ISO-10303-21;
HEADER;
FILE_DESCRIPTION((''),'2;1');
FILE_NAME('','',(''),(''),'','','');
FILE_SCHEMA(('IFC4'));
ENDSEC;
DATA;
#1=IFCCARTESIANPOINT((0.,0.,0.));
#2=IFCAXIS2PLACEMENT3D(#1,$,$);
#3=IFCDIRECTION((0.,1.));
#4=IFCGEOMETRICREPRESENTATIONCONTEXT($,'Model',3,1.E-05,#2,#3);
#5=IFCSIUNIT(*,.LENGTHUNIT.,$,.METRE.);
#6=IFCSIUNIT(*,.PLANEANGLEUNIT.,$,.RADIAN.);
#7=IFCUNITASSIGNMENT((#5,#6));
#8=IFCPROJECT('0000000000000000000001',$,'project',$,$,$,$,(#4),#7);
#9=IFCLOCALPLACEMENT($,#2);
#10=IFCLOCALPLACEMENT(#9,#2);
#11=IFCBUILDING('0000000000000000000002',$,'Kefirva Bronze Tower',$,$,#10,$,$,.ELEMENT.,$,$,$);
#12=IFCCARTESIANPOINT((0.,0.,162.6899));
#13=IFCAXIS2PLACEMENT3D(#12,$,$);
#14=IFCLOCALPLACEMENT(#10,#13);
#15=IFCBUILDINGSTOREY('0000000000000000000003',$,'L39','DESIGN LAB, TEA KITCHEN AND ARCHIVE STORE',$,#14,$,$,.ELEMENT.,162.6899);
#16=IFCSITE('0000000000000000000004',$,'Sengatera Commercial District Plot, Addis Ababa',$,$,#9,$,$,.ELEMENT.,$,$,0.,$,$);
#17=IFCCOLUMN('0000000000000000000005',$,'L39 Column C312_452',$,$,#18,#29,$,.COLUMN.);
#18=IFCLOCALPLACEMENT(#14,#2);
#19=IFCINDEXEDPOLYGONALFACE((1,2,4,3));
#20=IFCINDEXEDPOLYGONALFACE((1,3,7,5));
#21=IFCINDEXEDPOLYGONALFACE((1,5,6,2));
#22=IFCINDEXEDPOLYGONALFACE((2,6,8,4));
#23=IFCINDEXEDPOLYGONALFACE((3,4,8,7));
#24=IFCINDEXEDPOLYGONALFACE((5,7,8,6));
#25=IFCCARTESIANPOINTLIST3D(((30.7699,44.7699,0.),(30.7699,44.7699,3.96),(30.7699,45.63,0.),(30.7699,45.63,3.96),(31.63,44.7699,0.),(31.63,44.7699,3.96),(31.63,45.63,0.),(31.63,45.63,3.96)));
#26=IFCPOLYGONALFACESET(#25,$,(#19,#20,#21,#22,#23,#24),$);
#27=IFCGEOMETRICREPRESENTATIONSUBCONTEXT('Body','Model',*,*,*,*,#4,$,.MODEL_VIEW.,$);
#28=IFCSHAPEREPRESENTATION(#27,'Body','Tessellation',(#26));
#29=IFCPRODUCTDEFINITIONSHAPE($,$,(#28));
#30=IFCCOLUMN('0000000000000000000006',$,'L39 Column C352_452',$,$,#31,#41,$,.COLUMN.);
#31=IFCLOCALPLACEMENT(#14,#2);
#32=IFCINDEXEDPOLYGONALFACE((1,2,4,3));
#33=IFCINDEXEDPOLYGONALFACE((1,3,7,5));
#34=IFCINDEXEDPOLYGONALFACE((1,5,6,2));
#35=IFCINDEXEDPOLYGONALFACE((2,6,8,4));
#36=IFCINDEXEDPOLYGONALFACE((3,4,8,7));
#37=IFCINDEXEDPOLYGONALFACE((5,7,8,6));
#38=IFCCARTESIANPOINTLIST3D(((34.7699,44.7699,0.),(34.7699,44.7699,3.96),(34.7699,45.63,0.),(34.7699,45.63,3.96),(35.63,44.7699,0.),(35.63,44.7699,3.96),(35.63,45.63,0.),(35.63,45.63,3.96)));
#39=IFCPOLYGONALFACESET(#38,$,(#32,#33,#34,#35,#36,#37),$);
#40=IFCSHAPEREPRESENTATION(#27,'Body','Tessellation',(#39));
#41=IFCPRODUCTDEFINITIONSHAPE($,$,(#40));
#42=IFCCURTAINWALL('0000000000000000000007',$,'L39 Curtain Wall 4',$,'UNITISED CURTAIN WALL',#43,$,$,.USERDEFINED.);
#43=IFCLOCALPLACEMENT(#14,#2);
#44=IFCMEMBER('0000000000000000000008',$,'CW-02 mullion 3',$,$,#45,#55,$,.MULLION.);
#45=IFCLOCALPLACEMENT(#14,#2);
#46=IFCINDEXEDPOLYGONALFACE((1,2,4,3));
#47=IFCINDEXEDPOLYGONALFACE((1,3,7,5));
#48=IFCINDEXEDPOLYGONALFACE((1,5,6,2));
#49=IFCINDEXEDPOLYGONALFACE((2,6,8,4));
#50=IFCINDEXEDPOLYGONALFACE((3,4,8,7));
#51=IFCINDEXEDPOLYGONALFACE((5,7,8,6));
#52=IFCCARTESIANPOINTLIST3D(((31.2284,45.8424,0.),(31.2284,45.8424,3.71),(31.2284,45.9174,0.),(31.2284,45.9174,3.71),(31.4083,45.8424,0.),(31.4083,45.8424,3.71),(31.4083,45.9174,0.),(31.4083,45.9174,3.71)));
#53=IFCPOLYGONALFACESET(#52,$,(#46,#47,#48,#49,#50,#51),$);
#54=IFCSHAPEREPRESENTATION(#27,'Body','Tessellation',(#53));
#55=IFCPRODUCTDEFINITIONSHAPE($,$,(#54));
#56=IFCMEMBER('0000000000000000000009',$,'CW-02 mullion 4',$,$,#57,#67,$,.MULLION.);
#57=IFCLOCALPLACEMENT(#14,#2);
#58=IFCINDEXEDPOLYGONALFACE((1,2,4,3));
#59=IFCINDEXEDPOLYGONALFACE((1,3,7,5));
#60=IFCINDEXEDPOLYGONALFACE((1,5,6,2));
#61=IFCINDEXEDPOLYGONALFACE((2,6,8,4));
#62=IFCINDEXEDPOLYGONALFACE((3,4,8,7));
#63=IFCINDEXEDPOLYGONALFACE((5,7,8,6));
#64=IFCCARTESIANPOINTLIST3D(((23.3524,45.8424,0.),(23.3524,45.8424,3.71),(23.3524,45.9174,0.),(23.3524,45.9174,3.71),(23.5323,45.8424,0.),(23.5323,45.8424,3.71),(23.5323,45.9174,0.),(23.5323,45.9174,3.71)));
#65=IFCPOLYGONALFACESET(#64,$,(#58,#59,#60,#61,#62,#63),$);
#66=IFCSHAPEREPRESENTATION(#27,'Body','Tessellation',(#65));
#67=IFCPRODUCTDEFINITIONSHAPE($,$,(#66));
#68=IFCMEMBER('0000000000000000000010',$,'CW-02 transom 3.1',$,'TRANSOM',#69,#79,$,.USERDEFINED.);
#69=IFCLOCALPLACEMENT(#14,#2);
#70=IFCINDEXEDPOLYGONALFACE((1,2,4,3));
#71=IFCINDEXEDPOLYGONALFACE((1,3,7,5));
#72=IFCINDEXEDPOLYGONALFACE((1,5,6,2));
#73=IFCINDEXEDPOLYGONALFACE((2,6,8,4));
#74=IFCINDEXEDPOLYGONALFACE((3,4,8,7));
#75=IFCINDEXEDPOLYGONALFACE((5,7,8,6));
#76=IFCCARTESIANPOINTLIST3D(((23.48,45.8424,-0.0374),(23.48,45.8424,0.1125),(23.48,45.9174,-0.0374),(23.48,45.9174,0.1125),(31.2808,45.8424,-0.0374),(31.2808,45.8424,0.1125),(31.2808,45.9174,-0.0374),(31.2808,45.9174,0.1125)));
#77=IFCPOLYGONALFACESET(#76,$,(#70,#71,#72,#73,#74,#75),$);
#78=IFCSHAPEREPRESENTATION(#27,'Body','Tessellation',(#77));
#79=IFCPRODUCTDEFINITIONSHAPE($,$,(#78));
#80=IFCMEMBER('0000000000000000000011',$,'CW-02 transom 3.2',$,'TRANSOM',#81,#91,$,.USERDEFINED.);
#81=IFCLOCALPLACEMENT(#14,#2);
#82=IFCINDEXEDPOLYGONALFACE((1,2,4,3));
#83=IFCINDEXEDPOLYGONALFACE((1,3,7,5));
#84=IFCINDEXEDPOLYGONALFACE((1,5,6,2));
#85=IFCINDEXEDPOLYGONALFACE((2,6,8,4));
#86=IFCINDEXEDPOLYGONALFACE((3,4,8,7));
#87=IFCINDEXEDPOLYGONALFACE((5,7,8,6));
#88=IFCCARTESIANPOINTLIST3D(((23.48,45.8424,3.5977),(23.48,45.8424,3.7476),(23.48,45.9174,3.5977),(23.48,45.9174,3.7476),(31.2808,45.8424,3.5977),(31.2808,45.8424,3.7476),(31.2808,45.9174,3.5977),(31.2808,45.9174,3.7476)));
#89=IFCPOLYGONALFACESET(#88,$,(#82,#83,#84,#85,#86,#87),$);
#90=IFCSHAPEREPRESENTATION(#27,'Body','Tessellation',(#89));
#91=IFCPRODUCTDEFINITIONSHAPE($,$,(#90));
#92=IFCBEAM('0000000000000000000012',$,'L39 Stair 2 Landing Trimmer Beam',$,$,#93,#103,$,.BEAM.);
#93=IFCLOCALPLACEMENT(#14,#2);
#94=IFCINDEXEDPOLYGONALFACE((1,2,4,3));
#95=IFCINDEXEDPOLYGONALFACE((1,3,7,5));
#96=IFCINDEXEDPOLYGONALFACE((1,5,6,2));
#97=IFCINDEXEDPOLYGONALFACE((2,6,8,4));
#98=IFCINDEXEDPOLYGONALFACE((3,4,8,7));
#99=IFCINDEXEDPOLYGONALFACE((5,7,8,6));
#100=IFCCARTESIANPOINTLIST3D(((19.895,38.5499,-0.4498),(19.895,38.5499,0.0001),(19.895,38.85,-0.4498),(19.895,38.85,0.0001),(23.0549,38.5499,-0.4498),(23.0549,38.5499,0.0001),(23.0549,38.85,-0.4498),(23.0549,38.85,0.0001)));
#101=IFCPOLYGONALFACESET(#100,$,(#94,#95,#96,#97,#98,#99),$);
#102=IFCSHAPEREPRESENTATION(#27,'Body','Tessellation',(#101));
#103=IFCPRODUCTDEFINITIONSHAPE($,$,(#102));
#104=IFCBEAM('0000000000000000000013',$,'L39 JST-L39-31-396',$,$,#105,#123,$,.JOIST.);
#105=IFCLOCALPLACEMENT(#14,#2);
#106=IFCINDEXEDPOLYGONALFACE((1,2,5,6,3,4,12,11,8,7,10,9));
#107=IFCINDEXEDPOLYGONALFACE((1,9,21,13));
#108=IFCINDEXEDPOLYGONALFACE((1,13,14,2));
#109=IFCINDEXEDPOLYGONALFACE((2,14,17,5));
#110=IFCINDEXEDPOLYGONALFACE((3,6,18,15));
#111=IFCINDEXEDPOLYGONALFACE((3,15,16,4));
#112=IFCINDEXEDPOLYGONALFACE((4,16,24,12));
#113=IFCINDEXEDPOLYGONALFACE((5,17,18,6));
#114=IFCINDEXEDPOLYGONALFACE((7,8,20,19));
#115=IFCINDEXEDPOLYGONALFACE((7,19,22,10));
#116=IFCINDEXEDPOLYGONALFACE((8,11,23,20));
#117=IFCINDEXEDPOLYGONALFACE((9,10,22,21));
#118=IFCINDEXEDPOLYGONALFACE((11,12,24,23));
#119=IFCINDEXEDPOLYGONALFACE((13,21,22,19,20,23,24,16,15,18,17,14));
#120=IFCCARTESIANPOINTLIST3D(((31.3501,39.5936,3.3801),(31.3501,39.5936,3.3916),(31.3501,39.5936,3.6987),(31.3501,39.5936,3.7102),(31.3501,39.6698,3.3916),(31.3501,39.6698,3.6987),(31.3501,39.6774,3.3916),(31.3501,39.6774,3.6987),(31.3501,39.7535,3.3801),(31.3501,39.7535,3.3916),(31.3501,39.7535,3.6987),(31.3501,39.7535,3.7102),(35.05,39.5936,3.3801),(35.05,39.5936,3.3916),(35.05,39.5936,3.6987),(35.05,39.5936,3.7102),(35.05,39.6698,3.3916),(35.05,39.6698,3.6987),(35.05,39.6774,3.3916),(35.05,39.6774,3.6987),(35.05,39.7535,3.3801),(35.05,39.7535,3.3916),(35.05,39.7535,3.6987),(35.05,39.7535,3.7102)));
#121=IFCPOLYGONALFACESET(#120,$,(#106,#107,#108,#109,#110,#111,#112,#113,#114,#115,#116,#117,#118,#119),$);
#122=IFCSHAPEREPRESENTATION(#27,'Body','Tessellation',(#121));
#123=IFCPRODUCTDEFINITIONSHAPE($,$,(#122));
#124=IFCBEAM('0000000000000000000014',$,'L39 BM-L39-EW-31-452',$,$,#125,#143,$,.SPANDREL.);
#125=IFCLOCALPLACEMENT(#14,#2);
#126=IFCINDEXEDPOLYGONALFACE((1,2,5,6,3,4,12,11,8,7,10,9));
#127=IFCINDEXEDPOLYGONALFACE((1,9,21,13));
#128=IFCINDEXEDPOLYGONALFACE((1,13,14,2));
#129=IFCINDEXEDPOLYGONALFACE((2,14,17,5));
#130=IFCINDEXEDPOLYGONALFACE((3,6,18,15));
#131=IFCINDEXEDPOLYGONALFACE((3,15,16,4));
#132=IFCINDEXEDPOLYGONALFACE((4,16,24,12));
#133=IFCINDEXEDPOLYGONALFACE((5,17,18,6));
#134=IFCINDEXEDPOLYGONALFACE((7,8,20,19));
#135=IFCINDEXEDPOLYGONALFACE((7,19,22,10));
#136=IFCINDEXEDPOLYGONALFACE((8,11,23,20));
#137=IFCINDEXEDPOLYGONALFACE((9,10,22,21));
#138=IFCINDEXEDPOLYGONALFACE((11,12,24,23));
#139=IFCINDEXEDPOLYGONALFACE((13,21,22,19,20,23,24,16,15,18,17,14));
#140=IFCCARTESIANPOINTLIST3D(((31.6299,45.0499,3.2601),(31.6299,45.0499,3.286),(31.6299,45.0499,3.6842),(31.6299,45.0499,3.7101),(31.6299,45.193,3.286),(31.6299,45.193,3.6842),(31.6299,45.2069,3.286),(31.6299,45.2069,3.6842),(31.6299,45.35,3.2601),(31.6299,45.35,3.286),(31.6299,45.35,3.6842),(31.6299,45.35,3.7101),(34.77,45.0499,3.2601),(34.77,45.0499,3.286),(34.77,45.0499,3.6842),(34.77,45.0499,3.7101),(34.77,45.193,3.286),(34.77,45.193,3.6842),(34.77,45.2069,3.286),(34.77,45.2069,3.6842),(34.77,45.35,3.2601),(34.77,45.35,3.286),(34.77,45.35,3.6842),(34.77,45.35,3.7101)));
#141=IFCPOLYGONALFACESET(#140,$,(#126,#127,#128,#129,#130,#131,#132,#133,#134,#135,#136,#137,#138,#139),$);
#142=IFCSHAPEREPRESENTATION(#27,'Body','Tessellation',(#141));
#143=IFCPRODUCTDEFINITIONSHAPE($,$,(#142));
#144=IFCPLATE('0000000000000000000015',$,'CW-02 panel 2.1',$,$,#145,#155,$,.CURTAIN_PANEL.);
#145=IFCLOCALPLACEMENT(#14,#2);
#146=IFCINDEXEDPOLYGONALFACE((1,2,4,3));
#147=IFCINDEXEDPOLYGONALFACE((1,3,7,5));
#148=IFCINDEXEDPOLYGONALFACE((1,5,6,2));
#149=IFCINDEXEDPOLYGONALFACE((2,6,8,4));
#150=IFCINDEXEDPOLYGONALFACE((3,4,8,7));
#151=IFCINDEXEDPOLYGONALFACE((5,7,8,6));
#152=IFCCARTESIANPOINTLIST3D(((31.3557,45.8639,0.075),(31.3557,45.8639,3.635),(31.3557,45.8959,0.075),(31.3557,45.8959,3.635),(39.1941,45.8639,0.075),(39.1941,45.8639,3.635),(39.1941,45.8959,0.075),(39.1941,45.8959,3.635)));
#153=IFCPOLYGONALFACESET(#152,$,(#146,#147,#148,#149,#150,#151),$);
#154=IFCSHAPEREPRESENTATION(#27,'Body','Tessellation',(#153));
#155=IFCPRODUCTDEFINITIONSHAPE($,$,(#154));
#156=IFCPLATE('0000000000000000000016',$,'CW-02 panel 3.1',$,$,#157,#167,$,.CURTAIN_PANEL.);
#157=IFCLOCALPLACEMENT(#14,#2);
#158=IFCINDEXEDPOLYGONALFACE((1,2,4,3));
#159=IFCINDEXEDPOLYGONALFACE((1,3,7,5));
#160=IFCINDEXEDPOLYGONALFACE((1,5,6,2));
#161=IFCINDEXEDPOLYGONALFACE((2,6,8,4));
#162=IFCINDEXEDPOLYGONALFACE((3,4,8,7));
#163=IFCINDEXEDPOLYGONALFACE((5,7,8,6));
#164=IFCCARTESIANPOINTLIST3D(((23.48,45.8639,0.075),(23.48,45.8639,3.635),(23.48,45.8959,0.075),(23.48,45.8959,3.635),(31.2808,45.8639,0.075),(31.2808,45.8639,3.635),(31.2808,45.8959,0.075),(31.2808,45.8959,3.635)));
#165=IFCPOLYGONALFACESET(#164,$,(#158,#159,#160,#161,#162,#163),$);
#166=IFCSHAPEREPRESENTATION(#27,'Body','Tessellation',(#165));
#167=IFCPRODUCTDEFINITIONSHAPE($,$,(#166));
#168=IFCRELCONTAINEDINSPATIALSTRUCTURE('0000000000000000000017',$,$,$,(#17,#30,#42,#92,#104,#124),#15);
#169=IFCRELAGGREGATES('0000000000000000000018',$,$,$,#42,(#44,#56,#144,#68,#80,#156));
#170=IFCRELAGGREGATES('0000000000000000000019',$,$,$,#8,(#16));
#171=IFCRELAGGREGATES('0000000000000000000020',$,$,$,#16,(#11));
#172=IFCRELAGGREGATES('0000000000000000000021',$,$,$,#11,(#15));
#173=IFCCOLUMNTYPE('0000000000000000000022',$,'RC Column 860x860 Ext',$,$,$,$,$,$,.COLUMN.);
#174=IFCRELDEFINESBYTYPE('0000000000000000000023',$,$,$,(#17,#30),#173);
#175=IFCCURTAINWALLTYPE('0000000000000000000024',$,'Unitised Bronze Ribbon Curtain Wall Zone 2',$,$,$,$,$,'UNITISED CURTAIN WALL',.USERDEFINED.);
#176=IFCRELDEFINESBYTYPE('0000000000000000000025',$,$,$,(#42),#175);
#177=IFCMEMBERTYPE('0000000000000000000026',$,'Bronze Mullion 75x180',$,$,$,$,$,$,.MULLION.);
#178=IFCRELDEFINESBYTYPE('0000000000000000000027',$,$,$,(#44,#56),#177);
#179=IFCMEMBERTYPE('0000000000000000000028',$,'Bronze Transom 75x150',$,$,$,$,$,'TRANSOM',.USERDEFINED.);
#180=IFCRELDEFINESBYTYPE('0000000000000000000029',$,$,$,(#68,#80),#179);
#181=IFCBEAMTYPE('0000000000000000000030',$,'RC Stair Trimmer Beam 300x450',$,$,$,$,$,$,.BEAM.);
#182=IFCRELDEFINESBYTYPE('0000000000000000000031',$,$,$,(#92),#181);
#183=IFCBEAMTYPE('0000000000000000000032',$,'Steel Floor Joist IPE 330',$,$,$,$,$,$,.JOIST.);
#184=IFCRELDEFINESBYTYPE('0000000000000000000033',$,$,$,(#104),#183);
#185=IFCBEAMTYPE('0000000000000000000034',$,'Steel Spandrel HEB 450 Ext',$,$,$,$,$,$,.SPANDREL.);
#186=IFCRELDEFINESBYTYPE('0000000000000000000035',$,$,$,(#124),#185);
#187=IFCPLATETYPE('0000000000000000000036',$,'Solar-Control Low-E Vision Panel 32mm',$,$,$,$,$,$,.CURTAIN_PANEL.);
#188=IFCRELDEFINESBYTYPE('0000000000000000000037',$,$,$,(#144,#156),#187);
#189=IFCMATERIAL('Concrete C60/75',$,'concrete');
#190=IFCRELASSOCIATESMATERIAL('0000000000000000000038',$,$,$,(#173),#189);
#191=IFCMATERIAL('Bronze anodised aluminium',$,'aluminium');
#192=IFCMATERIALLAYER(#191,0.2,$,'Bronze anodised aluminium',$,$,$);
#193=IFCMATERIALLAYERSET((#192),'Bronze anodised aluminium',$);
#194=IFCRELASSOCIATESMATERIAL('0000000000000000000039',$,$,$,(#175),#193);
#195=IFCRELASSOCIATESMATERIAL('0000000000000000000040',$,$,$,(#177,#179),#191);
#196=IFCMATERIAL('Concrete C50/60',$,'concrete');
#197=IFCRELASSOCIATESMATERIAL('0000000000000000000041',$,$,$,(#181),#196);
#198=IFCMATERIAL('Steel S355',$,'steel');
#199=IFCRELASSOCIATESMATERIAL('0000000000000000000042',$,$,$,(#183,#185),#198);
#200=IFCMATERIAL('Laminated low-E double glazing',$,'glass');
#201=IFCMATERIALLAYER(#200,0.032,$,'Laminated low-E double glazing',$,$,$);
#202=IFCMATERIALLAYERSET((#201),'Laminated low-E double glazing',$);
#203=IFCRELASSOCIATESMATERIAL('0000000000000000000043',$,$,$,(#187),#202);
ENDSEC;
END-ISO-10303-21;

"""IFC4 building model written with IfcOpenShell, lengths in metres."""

from ifc_helpers import new_model, si_unit, direction, frame, origin, origin_2d, place, context, subcontext, project, spatial, rectangle, i_section, extrude, material, layer, layer_set, material_profile, profile_set, type_object, element, aggregate, save


model = new_model("IFC4")

# Units and contexts
model_context = context("Model", 3, precision=1e-05, world=origin(), true_north=direction((0.0, 1.0)))
body_context = subcontext(model_context, "Body", "Model", "MODEL_VIEW")
ifc_project = project(units=[si_unit("LENGTHUNIT", "METRE"), si_unit("PLANEANGLEUNIT", "RADIAN")], contexts=[model_context])

# Site, building, storey
site_placement = place(None, origin())
site = spatial("IfcSite", under=ifc_project, at=site_placement, Name="Sengatera Commercial District Plot, Addis Ababa", CompositionType="ELEMENT", RefElevation=0.0)
building_placement = place(site_placement, origin())
building = spatial("IfcBuilding", under=site, at=building_placement, Name="Kefirva Bronze Tower", CompositionType="ELEMENT")
storey_placement = place(building_placement, frame((0.0, 0.0, 162.6899)))
storey = spatial("IfcBuildingStorey", under=building, at=storey_placement, Name="L39", Description="DESIGN LAB, TEA KITCHEN AND ARCHIVE STORE", CompositionType="ELEMENT", Elevation=162.6899)

# Columns
ifc_material_1 = material(Name="Concrete C60/75", Category="concrete")
ifc_material_profile_1 = material_profile(ifc_material_1, rectangle(XDim=0.8601, YDim=0.8601, at=origin_2d()), Name="RC 860x860")
ifc_profile_set_1 = profile_set([ifc_material_profile_1], Name="Concrete C60/75")
column_type = type_object("IfcColumnType", Name="RC Column 860x860 Ext", PredefinedType="COLUMN", material=ifc_profile_set_1)
for number, where, z_axis, x_axis, name in (
    (1, (31.2, 45.2, 0.0), (0.0, 0.0, 1.0), (1.0, 0.0, 0.0), "L39 Column C312_452"),
    (2, (35.2, 45.2, 0.0), (0.0, 0.0, 1.0), (1.0, 0.0, 0.0), "L39 Column C352_452"),
):
    element("IfcColumn", number, at=place(storey_placement, frame(where, z_axis=z_axis, x_axis=x_axis)), inside=storey, type_object=column_type, Name=name, PredefinedType="COLUMN", context=body_context, shape_type="SweptSolid", body=[
        extrude(rectangle(XDim=0.8601, YDim=0.8601, at=origin_2d()), origin(), (0.0, 0.0, 1.0), 3.96),
    ])

# Curtain wall, members
ifc_material_2 = material(Name="Bronze anodised aluminium", Category="aluminium")
ifc_layer_1 = layer(ifc_material_2, 0.2, Name="Bronze anodised aluminium")
ifc_layer_set_1 = layer_set([ifc_layer_1], Name="Bronze anodised aluminium")
curtain_wall_type = type_object("IfcCurtainWallType", Name="Unitised Bronze Ribbon Curtain Wall Zone 2", ElementType="UNITISED CURTAIN WALL", PredefinedType="USERDEFINED", material=ifc_layer_set_1)
curtain_wall_placement = place(storey_placement, origin())
curtain_wall = element("IfcCurtainWall", 3, at=curtain_wall_placement, inside=storey, type_object=curtain_wall_type, Name="L39 Curtain Wall 4", ObjectType="UNITISED CURTAIN WALL", PredefinedType="USERDEFINED")
ifc_material_profile_2 = material_profile(ifc_material_2, rectangle(XDim=0.075, YDim=0.1799, at=origin_2d()), Name="ALU 75x180")
ifc_profile_set_2 = profile_set([ifc_material_profile_2], Name="Bronze anodised aluminium")
member_type_1 = type_object("IfcMemberType", Name="Bronze Mullion 75x180", PredefinedType="MULLION", material=ifc_profile_set_2)
member_1_placement = place(storey_placement, frame((31.3184, 45.8799, 0.0), z_axis=(0.0, 0.0, 1.0), x_axis=(0.0, -1.0, 0.0)))
member_1 = element("IfcMember", 4, at=member_1_placement, type_object=member_type_1, Name="CW-02 mullion 3", PredefinedType="MULLION", context=body_context, shape_type="SweptSolid", body=[
    extrude(rectangle(XDim=0.075, YDim=0.1799, at=origin_2d()), origin(), (0.0, 0.0, 1.0), 3.71),
])
member_2_placement = place(storey_placement, frame((23.4424, 45.8799, 0.0), z_axis=(0.0, 0.0, 1.0), x_axis=(0.0, -1.0, 0.0)))
member_2 = element("IfcMember", 5, at=member_2_placement, type_object=member_type_1, Name="CW-02 mullion 4", PredefinedType="MULLION", context=body_context, shape_type="SweptSolid", body=[
    extrude(rectangle(XDim=0.075, YDim=0.1799, at=origin_2d()), origin(), (0.0, 0.0, 1.0), 3.71),
])
ifc_material_profile_3 = material_profile(ifc_material_2, rectangle(XDim=0.075, YDim=0.1499, at=origin_2d()), Name="ALU 75x150")
ifc_profile_set_3 = profile_set([ifc_material_profile_3], Name="Bronze anodised aluminium")
member_type_2 = type_object("IfcMemberType", Name="Bronze Transom 75x150", ElementType="TRANSOM", PredefinedType="USERDEFINED", material=ifc_profile_set_3)
member_3_placement = place(storey_placement, frame((31.2808, 45.8799, 0.0376), z_axis=(-1.0, 0.0, 0.0), x_axis=(0.0, -1.0, 0.0)))
member_3 = element("IfcMember", 6, at=member_3_placement, type_object=member_type_2, Name="CW-02 transom 3.1", ObjectType="TRANSOM", PredefinedType="USERDEFINED", context=body_context, shape_type="SweptSolid", body=[
    extrude(rectangle(XDim=0.075, YDim=0.1499, at=origin_2d()), origin(), (0.0, 0.0, 1.0), 7.8008),
])
member_4_placement = place(storey_placement, frame((31.2808, 45.8799, 3.6726), z_axis=(-1.0, 0.0, 0.0), x_axis=(0.0, -1.0, 0.0)))
member_4 = element("IfcMember", 7, at=member_4_placement, type_object=member_type_2, Name="CW-02 transom 3.2", ObjectType="TRANSOM", PredefinedType="USERDEFINED", context=body_context, shape_type="SweptSolid", body=[
    extrude(rectangle(XDim=0.075, YDim=0.1499, at=origin_2d()), origin(), (0.0, 0.0, 1.0), 7.8008),
])

# Beams
ifc_material_3 = material(Name="Concrete C50/60", Category="concrete")
ifc_material_profile_4 = material_profile(ifc_material_3, rectangle(XDim=0.3, YDim=0.45, at=origin_2d()), Name="RC 300x450")
ifc_profile_set_4 = profile_set([ifc_material_profile_4], Name="Concrete C50/60")
beam_type_1 = type_object("IfcBeamType", Name="RC Stair Trimmer Beam 300x450", PredefinedType="BEAM", material=ifc_profile_set_4)
beam_1_placement = place(storey_placement, frame((19.895, 38.7, -0.2249), z_axis=(1.0, 0.0, 0.0), x_axis=(0.0, 1.0, 0.0)))
element("IfcBeam", 8, at=beam_1_placement, inside=storey, type_object=beam_type_1, Name="L39 Stair 2 Landing Trimmer Beam", PredefinedType="BEAM", context=body_context, shape_type="SweptSolid", body=[
    extrude(rectangle(XDim=0.3, YDim=0.45, at=origin_2d()), origin(), (0.0, 0.0, 1.0), 3.1599),
])
ifc_material_4 = material(Name="Steel S355", Category="steel")
ifc_material_profile_5 = material_profile(ifc_material_4, i_section(OverallWidth=0.1599, OverallDepth=0.3301, WebThickness=0.0076, FlangeThickness=0.0115, at=origin_2d()), Name="IPE 330")
ifc_profile_set_5 = profile_set([ifc_material_profile_5], Name="Steel S355")
beam_type_2 = type_object("IfcBeamType", Name="Steel Floor Joist IPE 330", PredefinedType="JOIST", material=ifc_profile_set_5)
beam_2_placement = place(storey_placement, frame((31.3501, 39.6736, 3.5452), z_axis=(1.0, 0.0, 0.0), x_axis=(0.0, 1.0, 0.0)))
element("IfcBeam", 9, at=beam_2_placement, inside=storey, type_object=beam_type_2, Name="L39 JST-L39-31-396", PredefinedType="JOIST", context=body_context, shape_type="SweptSolid", body=[
    extrude(i_section(OverallWidth=0.1599, OverallDepth=0.3301, WebThickness=0.0076, FlangeThickness=0.0115, at=origin_2d()), origin(), (0.0, 0.0, 1.0), 3.7),
])
ifc_material_profile_6 = material_profile(ifc_material_4, i_section(OverallWidth=0.3, OverallDepth=0.45, WebThickness=0.0139, FlangeThickness=0.0259, at=origin_2d()), Name="HEB 450")
ifc_profile_set_6 = profile_set([ifc_material_profile_6], Name="Steel S355")
beam_type_3 = type_object("IfcBeamType", Name="Steel Spandrel HEB 450 Ext", PredefinedType="SPANDREL", material=ifc_profile_set_6)
beam_3_placement = place(storey_placement, frame((31.6299, 45.2, 3.4851), z_axis=(1.0, 0.0, 0.0), x_axis=(0.0, 1.0, 0.0)))
element("IfcBeam", 10, at=beam_3_placement, inside=storey, type_object=beam_type_3, Name="L39 BM-L39-EW-31-452", PredefinedType="SPANDREL", context=body_context, shape_type="SweptSolid", body=[
    extrude(i_section(OverallWidth=0.3, OverallDepth=0.45, WebThickness=0.0139, FlangeThickness=0.0259, at=origin_2d()), origin(), (0.0, 0.0, 1.0), 3.1401),
])

# Plates
ifc_material_5 = material(Name="Laminated low-E double glazing", Category="glass")
ifc_layer_2 = layer(ifc_material_5, 0.032, Name="Laminated low-E double glazing")
ifc_layer_set_2 = layer_set([ifc_layer_2], Name="Laminated low-E double glazing")
plate_type = type_object("IfcPlateType", Name="Solar-Control Low-E Vision Panel 32mm", PredefinedType="CURTAIN_PANEL", material=ifc_layer_set_2)
plate_1_placement = place(storey_placement, frame((35.2749, 45.8799, 0.075), z_axis=(0.0, 0.0, 1.0), x_axis=(-1.0, 0.0, 0.0)))
plate_1 = element("IfcPlate", 11, at=plate_1_placement, type_object=plate_type, Name="CW-02 panel 2.1", PredefinedType="CURTAIN_PANEL", context=body_context, shape_type="SweptSolid", body=[
    extrude(rectangle(XDim=7.8384, YDim=0.032, at=origin_2d()), origin(), (0.0, 0.0, 1.0), 3.5601),
])
plate_2_placement = place(storey_placement, frame((27.3804, 45.8799, 0.075), z_axis=(0.0, 0.0, 1.0), x_axis=(-1.0, 0.0, 0.0)))
plate_2 = element("IfcPlate", 12, at=plate_2_placement, type_object=plate_type, Name="CW-02 panel 3.1", PredefinedType="CURTAIN_PANEL", context=body_context, shape_type="SweptSolid", body=[
    extrude(rectangle(XDim=7.8008, YDim=0.032, at=origin_2d()), origin(), (0.0, 0.0, 1.0), 3.5601),
])
aggregate(curtain_wall, [member_1, member_2, plate_1, member_3, member_4, plate_2])

save(model, "model.ifc")
